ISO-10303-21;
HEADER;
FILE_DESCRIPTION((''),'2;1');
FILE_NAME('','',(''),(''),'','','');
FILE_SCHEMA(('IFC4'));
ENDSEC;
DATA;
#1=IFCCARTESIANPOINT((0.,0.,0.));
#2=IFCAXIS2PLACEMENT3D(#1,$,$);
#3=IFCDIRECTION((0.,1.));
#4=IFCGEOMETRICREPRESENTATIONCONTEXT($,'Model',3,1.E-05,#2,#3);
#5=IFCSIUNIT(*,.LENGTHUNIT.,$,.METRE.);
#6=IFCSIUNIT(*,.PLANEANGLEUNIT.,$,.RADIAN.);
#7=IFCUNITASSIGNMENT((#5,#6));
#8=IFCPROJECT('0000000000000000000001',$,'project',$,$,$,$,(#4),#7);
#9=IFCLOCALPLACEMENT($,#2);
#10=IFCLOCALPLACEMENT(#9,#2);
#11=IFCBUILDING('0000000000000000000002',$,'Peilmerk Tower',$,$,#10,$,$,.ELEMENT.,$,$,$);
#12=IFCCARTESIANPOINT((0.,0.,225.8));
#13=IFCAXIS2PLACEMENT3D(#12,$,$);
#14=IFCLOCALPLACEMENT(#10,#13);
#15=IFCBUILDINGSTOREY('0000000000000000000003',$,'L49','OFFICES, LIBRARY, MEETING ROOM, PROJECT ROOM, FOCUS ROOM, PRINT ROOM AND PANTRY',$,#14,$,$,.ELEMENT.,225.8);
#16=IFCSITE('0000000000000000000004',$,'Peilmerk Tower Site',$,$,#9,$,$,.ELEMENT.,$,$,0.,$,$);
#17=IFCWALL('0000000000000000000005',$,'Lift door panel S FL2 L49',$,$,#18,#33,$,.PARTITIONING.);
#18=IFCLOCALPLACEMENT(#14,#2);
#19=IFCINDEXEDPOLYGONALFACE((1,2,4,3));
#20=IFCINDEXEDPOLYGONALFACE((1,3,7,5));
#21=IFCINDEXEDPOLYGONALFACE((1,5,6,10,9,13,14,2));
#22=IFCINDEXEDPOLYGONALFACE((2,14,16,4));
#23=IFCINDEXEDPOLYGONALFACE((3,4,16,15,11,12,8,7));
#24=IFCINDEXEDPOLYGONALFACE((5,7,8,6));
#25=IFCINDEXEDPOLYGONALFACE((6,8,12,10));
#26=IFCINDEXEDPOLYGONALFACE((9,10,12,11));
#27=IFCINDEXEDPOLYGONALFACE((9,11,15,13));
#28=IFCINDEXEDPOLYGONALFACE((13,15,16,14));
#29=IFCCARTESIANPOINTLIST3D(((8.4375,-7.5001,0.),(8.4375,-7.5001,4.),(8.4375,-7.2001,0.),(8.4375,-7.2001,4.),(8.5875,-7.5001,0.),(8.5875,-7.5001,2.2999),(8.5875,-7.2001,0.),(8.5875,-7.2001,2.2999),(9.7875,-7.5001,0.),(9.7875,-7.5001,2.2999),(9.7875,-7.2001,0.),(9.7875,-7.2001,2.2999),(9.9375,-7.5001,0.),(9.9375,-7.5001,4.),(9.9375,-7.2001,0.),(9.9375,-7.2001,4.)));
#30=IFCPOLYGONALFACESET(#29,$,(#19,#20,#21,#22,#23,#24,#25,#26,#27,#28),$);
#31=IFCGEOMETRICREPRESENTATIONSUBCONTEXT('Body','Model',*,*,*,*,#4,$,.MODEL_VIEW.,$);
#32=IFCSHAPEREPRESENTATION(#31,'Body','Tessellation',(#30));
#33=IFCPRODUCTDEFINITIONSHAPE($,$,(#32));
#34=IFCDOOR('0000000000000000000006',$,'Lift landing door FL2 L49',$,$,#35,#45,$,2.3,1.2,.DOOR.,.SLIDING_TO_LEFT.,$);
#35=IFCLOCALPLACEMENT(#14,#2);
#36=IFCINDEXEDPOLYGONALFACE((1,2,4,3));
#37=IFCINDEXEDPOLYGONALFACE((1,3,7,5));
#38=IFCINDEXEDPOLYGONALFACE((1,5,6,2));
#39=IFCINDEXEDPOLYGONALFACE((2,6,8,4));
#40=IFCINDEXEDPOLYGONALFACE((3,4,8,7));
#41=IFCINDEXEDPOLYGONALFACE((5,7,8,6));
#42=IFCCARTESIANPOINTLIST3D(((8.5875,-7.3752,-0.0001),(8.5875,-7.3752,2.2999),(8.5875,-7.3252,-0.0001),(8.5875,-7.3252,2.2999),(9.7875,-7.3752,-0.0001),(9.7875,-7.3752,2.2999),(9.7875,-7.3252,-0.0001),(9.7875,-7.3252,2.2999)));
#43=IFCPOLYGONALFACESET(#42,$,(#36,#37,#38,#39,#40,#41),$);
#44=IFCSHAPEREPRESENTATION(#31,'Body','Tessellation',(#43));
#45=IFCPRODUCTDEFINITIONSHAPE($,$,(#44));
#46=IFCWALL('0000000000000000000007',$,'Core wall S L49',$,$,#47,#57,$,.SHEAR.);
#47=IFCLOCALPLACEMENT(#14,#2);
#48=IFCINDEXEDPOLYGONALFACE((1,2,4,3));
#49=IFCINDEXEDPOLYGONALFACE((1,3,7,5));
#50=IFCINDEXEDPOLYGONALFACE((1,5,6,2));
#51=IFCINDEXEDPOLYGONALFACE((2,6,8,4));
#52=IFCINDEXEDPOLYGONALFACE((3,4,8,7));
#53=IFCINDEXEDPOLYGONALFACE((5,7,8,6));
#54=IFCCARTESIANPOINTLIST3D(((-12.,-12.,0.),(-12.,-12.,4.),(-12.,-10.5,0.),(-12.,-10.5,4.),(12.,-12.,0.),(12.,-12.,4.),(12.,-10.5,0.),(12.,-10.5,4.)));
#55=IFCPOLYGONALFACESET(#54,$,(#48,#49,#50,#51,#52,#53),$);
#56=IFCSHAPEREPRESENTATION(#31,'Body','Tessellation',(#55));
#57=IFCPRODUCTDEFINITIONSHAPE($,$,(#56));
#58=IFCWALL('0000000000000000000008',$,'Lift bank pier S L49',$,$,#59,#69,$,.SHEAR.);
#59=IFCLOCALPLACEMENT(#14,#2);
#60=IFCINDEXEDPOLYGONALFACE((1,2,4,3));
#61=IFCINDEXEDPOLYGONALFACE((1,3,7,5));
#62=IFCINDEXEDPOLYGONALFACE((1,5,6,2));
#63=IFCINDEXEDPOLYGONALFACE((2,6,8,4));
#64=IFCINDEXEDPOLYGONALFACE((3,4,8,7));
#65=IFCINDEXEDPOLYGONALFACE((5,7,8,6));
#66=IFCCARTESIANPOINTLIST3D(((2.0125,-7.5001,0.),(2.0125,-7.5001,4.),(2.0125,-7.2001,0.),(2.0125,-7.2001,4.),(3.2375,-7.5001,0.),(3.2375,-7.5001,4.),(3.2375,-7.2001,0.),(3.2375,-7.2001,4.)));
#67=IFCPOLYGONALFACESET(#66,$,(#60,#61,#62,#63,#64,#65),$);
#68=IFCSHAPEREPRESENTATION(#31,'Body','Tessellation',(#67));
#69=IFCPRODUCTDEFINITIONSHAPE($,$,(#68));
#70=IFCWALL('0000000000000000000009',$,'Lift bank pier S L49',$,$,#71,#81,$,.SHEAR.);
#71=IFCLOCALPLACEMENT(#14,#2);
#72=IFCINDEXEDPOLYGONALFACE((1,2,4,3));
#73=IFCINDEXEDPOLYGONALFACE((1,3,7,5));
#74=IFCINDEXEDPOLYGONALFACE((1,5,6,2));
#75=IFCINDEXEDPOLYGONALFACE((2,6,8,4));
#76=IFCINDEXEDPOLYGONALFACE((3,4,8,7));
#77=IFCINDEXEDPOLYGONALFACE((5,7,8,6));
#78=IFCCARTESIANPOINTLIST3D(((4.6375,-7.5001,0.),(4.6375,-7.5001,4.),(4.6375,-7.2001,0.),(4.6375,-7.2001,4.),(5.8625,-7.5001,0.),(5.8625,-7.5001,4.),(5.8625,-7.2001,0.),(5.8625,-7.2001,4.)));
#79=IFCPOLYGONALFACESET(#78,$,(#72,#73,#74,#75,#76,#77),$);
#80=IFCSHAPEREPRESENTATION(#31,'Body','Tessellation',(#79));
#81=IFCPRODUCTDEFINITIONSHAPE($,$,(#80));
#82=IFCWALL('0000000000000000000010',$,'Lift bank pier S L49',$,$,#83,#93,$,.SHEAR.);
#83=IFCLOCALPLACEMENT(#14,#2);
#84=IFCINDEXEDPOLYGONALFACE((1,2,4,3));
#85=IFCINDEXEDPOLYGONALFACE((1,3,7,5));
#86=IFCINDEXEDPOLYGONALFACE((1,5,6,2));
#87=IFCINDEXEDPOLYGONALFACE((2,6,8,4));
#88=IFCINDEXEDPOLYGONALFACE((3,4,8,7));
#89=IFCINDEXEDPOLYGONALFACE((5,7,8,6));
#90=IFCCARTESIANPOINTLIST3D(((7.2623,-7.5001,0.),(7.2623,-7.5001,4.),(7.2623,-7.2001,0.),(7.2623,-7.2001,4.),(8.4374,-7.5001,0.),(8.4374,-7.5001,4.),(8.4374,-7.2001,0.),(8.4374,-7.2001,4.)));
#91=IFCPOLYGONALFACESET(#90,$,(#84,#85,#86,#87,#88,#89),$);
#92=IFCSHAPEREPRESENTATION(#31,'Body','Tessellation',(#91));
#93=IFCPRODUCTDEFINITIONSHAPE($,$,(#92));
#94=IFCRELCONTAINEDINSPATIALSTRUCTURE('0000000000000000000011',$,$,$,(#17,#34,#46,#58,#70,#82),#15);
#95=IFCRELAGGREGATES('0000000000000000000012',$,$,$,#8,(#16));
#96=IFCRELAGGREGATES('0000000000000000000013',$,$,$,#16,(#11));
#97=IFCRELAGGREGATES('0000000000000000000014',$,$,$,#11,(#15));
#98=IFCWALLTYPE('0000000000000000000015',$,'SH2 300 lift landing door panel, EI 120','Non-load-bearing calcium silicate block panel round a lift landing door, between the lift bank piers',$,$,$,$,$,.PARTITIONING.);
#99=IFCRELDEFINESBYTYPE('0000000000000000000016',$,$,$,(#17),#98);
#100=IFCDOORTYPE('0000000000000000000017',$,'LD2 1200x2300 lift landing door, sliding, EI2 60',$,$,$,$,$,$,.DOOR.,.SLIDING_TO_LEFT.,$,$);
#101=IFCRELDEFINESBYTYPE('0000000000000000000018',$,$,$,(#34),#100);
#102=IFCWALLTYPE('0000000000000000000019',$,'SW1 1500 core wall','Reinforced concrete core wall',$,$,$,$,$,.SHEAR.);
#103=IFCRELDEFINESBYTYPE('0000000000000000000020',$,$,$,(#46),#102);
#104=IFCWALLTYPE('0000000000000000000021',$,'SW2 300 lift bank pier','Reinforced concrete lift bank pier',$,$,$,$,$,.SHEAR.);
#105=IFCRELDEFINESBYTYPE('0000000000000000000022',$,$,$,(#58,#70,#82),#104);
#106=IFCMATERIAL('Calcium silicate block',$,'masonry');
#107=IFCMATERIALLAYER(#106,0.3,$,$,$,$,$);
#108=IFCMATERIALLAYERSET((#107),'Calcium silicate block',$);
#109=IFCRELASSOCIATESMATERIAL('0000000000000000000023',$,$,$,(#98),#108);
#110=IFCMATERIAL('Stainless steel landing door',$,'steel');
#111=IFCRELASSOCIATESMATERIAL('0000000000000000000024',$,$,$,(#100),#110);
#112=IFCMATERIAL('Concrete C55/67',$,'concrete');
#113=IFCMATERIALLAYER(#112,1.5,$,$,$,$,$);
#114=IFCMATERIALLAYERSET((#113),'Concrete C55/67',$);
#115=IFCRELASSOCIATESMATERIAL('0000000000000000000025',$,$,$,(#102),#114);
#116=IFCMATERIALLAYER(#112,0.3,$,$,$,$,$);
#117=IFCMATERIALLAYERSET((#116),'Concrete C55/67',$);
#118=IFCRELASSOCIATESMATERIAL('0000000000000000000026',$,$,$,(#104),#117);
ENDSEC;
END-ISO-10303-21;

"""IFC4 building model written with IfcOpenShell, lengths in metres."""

from ifc_helpers import new_model, si_unit, direction, frame, frame_2d, origin, place, context, subcontext, project, spatial, rectangle, extrude, material, layer, layer_set, type_object, element, fill, save


model = new_model("IFC4")

# Units and contexts
model_context = context("Model", 3, precision=1e-05, world=origin(), true_north=direction((0.0, 1.0)))
body_context = subcontext(model_context, "Body", "Model", "MODEL_VIEW")
ifc_project = project(units=[si_unit("LENGTHUNIT", "METRE"), si_unit("PLANEANGLEUNIT", "RADIAN")], contexts=[model_context])

# Site, building, storey
site_placement = place(None, origin())
site = spatial("IfcSite", under=ifc_project, at=site_placement, Name="Peilmerk Tower Site", CompositionType="ELEMENT", RefElevation=0.0)
building_placement = place(site_placement, origin())
building = spatial("IfcBuilding", under=site, at=building_placement, Name="Peilmerk Tower", CompositionType="ELEMENT")
storey_placement = place(building_placement, frame((0.0, 0.0, 225.8)))
storey = spatial("IfcBuildingStorey", under=building, at=storey_placement, Name="L49", Description="OFFICES, LIBRARY, MEETING ROOM, PROJECT ROOM, FOCUS ROOM, PRINT ROOM AND PANTRY", CompositionType="ELEMENT", Elevation=225.8)

# Shared definitions
ifc_material_1 = material(Name="Calcium silicate block", Category="masonry")

# Shared definitions
ifc_layer_1 = layer(ifc_material_1, 0.3)
ifc_layer_set_1 = layer_set([ifc_layer_1], Name="Calcium silicate block")
wall_type_1 = type_object("IfcWallType", Name="SH2 300 lift landing door panel, EI 120", Description="Non-load-bearing calcium silicate block panel round a lift landing door, between the lift bank piers", PredefinedType="PARTITIONING", material=ifc_layer_set_1)

# Wall, opening, door
wall_1_placement = place(storey_placement, frame((8.4375, -7.3501, 0.0), z_axis=(0.0, 0.0, 1.0), x_axis=(1.0, 0.0, 0.0)))
wall_1 = element("IfcWall", 1, at=wall_1_placement, inside=storey, type_object=wall_type_1, Name="Lift door panel S FL2 L49", PredefinedType="PARTITIONING", context=body_context, shape_type="SweptSolid", body=[
    extrude(rectangle(XDim=1.5, YDim=0.3, at=frame_2d((0.75, 0.0))), origin(), (0.0, 0.0, 1.0), 4.0),
])
opening_1_placement = place(wall_1_placement, frame((0.1499, 0.0, 0.0)))
opening_1 = element("IfcOpeningElement", 2, at=opening_1_placement, cuts=wall_1, PredefinedType="OPENING", context=body_context, shape_type="SweptSolid", body=[
    extrude(rectangle(XDim=1.2, YDim=2.3, at=frame_2d((0.6001, 1.1499))), frame((0.0, 0.1599, 0.0), z_axis=(0.0, -1.0, 0.0), x_axis=(1.0, 0.0, 0.0)), (0.0, 0.0, 1.0), 0.3201),
])
ifc_material_2 = material(Name="Stainless steel landing door", Category="steel")
door_type_1 = type_object("IfcDoorType", Name="LD2 1200x2300 lift landing door, sliding, EI2 60", OperationType="SLIDING_TO_LEFT", PredefinedType="DOOR", material=ifc_material_2)
door_1_placement = place(opening_1_placement, origin())
door_1 = element("IfcDoor", 3, at=door_1_placement, inside=storey, type_object=door_type_1, Name="Lift landing door FL2 L49", OperationType="SLIDING_TO_LEFT", OverallHeight=2.3, OverallWidth=1.2, PredefinedType="DOOR", context=body_context, shape_type="SweptSolid", body=[
    extrude(rectangle(XDim=1.2, YDim=2.3, at=frame_2d((0.6001, 1.1499))), frame((0.0, 0.0249, 0.0), z_axis=(0.0, -1.0, 0.0), x_axis=(1.0, 0.0, 0.0)), (0.0, 0.0, 1.0), 0.05),
])
fill(opening_1, door_1)

# Walls
ifc_material_3 = material(Name="Concrete C55/67", Category="concrete")
ifc_layer_2 = layer(ifc_material_3, 1.5)
ifc_layer_set_2 = layer_set([ifc_layer_2], Name="Concrete C55/67")
wall_type_2 = type_object("IfcWallType", Name="SW1 1500 core wall", Description="Reinforced concrete core wall", PredefinedType="SHEAR", material=ifc_layer_set_2)
wall_2_placement = place(storey_placement, frame((12.0, -11.25, 0.0), z_axis=(0.0, 0.0, 1.0), x_axis=(-1.0, 0.0, 0.0)))
element("IfcWall", 4, at=wall_2_placement, inside=storey, type_object=wall_type_2, Name="Core wall S L49", PredefinedType="SHEAR", context=body_context, shape_type="SweptSolid", body=[
    extrude(rectangle(XDim=24.0, YDim=1.5, at=frame_2d((12.0, 0.0))), origin(), (0.0, 0.0, 1.0), 4.0),
])
ifc_layer_3 = layer(ifc_material_3, 0.3)
ifc_layer_set_3 = layer_set([ifc_layer_3], Name="Concrete C55/67")
wall_type_3 = type_object("IfcWallType", Name="SW2 300 lift bank pier", Description="Reinforced concrete lift bank pier", PredefinedType="SHEAR", material=ifc_layer_set_3)
for number, where, z_axis, x_axis, name in (
    (5, (2.0125, -7.3501, 0.0), (0.0, 0.0, 1.0), (1.0, 0.0, 0.0), "Lift bank pier S L49"),
    (6, (4.6375, -7.3501, 0.0), (0.0, 0.0, 1.0), (1.0, 0.0, 0.0), "Lift bank pier S L49"),
):
    element("IfcWall", number, at=place(storey_placement, frame(where, z_axis=z_axis, x_axis=x_axis)), inside=storey, type_object=wall_type_3, Name=name, PredefinedType="SHEAR", context=body_context, shape_type="SweptSolid", body=[
        extrude(rectangle(XDim=1.2251, YDim=0.3, at=frame_2d((0.6125, 0.0))), origin(), (0.0, 0.0, 1.0), 4.0),
    ])
wall_3_placement = place(storey_placement, frame((7.2625, -7.3501, 0.0), z_axis=(0.0, 0.0, 1.0), x_axis=(1.0, 0.0, 0.0)))
element("IfcWall", 7, at=wall_3_placement, inside=storey, type_object=wall_type_3, Name="Lift bank pier S L49", PredefinedType="SHEAR", context=body_context, shape_type="SweptSolid", body=[
    extrude(rectangle(XDim=1.175, YDim=0.3, at=frame_2d((0.5874, 0.0))), origin(), (0.0, 0.0, 1.0), 4.0),
])

save(model, "model.ifc")
